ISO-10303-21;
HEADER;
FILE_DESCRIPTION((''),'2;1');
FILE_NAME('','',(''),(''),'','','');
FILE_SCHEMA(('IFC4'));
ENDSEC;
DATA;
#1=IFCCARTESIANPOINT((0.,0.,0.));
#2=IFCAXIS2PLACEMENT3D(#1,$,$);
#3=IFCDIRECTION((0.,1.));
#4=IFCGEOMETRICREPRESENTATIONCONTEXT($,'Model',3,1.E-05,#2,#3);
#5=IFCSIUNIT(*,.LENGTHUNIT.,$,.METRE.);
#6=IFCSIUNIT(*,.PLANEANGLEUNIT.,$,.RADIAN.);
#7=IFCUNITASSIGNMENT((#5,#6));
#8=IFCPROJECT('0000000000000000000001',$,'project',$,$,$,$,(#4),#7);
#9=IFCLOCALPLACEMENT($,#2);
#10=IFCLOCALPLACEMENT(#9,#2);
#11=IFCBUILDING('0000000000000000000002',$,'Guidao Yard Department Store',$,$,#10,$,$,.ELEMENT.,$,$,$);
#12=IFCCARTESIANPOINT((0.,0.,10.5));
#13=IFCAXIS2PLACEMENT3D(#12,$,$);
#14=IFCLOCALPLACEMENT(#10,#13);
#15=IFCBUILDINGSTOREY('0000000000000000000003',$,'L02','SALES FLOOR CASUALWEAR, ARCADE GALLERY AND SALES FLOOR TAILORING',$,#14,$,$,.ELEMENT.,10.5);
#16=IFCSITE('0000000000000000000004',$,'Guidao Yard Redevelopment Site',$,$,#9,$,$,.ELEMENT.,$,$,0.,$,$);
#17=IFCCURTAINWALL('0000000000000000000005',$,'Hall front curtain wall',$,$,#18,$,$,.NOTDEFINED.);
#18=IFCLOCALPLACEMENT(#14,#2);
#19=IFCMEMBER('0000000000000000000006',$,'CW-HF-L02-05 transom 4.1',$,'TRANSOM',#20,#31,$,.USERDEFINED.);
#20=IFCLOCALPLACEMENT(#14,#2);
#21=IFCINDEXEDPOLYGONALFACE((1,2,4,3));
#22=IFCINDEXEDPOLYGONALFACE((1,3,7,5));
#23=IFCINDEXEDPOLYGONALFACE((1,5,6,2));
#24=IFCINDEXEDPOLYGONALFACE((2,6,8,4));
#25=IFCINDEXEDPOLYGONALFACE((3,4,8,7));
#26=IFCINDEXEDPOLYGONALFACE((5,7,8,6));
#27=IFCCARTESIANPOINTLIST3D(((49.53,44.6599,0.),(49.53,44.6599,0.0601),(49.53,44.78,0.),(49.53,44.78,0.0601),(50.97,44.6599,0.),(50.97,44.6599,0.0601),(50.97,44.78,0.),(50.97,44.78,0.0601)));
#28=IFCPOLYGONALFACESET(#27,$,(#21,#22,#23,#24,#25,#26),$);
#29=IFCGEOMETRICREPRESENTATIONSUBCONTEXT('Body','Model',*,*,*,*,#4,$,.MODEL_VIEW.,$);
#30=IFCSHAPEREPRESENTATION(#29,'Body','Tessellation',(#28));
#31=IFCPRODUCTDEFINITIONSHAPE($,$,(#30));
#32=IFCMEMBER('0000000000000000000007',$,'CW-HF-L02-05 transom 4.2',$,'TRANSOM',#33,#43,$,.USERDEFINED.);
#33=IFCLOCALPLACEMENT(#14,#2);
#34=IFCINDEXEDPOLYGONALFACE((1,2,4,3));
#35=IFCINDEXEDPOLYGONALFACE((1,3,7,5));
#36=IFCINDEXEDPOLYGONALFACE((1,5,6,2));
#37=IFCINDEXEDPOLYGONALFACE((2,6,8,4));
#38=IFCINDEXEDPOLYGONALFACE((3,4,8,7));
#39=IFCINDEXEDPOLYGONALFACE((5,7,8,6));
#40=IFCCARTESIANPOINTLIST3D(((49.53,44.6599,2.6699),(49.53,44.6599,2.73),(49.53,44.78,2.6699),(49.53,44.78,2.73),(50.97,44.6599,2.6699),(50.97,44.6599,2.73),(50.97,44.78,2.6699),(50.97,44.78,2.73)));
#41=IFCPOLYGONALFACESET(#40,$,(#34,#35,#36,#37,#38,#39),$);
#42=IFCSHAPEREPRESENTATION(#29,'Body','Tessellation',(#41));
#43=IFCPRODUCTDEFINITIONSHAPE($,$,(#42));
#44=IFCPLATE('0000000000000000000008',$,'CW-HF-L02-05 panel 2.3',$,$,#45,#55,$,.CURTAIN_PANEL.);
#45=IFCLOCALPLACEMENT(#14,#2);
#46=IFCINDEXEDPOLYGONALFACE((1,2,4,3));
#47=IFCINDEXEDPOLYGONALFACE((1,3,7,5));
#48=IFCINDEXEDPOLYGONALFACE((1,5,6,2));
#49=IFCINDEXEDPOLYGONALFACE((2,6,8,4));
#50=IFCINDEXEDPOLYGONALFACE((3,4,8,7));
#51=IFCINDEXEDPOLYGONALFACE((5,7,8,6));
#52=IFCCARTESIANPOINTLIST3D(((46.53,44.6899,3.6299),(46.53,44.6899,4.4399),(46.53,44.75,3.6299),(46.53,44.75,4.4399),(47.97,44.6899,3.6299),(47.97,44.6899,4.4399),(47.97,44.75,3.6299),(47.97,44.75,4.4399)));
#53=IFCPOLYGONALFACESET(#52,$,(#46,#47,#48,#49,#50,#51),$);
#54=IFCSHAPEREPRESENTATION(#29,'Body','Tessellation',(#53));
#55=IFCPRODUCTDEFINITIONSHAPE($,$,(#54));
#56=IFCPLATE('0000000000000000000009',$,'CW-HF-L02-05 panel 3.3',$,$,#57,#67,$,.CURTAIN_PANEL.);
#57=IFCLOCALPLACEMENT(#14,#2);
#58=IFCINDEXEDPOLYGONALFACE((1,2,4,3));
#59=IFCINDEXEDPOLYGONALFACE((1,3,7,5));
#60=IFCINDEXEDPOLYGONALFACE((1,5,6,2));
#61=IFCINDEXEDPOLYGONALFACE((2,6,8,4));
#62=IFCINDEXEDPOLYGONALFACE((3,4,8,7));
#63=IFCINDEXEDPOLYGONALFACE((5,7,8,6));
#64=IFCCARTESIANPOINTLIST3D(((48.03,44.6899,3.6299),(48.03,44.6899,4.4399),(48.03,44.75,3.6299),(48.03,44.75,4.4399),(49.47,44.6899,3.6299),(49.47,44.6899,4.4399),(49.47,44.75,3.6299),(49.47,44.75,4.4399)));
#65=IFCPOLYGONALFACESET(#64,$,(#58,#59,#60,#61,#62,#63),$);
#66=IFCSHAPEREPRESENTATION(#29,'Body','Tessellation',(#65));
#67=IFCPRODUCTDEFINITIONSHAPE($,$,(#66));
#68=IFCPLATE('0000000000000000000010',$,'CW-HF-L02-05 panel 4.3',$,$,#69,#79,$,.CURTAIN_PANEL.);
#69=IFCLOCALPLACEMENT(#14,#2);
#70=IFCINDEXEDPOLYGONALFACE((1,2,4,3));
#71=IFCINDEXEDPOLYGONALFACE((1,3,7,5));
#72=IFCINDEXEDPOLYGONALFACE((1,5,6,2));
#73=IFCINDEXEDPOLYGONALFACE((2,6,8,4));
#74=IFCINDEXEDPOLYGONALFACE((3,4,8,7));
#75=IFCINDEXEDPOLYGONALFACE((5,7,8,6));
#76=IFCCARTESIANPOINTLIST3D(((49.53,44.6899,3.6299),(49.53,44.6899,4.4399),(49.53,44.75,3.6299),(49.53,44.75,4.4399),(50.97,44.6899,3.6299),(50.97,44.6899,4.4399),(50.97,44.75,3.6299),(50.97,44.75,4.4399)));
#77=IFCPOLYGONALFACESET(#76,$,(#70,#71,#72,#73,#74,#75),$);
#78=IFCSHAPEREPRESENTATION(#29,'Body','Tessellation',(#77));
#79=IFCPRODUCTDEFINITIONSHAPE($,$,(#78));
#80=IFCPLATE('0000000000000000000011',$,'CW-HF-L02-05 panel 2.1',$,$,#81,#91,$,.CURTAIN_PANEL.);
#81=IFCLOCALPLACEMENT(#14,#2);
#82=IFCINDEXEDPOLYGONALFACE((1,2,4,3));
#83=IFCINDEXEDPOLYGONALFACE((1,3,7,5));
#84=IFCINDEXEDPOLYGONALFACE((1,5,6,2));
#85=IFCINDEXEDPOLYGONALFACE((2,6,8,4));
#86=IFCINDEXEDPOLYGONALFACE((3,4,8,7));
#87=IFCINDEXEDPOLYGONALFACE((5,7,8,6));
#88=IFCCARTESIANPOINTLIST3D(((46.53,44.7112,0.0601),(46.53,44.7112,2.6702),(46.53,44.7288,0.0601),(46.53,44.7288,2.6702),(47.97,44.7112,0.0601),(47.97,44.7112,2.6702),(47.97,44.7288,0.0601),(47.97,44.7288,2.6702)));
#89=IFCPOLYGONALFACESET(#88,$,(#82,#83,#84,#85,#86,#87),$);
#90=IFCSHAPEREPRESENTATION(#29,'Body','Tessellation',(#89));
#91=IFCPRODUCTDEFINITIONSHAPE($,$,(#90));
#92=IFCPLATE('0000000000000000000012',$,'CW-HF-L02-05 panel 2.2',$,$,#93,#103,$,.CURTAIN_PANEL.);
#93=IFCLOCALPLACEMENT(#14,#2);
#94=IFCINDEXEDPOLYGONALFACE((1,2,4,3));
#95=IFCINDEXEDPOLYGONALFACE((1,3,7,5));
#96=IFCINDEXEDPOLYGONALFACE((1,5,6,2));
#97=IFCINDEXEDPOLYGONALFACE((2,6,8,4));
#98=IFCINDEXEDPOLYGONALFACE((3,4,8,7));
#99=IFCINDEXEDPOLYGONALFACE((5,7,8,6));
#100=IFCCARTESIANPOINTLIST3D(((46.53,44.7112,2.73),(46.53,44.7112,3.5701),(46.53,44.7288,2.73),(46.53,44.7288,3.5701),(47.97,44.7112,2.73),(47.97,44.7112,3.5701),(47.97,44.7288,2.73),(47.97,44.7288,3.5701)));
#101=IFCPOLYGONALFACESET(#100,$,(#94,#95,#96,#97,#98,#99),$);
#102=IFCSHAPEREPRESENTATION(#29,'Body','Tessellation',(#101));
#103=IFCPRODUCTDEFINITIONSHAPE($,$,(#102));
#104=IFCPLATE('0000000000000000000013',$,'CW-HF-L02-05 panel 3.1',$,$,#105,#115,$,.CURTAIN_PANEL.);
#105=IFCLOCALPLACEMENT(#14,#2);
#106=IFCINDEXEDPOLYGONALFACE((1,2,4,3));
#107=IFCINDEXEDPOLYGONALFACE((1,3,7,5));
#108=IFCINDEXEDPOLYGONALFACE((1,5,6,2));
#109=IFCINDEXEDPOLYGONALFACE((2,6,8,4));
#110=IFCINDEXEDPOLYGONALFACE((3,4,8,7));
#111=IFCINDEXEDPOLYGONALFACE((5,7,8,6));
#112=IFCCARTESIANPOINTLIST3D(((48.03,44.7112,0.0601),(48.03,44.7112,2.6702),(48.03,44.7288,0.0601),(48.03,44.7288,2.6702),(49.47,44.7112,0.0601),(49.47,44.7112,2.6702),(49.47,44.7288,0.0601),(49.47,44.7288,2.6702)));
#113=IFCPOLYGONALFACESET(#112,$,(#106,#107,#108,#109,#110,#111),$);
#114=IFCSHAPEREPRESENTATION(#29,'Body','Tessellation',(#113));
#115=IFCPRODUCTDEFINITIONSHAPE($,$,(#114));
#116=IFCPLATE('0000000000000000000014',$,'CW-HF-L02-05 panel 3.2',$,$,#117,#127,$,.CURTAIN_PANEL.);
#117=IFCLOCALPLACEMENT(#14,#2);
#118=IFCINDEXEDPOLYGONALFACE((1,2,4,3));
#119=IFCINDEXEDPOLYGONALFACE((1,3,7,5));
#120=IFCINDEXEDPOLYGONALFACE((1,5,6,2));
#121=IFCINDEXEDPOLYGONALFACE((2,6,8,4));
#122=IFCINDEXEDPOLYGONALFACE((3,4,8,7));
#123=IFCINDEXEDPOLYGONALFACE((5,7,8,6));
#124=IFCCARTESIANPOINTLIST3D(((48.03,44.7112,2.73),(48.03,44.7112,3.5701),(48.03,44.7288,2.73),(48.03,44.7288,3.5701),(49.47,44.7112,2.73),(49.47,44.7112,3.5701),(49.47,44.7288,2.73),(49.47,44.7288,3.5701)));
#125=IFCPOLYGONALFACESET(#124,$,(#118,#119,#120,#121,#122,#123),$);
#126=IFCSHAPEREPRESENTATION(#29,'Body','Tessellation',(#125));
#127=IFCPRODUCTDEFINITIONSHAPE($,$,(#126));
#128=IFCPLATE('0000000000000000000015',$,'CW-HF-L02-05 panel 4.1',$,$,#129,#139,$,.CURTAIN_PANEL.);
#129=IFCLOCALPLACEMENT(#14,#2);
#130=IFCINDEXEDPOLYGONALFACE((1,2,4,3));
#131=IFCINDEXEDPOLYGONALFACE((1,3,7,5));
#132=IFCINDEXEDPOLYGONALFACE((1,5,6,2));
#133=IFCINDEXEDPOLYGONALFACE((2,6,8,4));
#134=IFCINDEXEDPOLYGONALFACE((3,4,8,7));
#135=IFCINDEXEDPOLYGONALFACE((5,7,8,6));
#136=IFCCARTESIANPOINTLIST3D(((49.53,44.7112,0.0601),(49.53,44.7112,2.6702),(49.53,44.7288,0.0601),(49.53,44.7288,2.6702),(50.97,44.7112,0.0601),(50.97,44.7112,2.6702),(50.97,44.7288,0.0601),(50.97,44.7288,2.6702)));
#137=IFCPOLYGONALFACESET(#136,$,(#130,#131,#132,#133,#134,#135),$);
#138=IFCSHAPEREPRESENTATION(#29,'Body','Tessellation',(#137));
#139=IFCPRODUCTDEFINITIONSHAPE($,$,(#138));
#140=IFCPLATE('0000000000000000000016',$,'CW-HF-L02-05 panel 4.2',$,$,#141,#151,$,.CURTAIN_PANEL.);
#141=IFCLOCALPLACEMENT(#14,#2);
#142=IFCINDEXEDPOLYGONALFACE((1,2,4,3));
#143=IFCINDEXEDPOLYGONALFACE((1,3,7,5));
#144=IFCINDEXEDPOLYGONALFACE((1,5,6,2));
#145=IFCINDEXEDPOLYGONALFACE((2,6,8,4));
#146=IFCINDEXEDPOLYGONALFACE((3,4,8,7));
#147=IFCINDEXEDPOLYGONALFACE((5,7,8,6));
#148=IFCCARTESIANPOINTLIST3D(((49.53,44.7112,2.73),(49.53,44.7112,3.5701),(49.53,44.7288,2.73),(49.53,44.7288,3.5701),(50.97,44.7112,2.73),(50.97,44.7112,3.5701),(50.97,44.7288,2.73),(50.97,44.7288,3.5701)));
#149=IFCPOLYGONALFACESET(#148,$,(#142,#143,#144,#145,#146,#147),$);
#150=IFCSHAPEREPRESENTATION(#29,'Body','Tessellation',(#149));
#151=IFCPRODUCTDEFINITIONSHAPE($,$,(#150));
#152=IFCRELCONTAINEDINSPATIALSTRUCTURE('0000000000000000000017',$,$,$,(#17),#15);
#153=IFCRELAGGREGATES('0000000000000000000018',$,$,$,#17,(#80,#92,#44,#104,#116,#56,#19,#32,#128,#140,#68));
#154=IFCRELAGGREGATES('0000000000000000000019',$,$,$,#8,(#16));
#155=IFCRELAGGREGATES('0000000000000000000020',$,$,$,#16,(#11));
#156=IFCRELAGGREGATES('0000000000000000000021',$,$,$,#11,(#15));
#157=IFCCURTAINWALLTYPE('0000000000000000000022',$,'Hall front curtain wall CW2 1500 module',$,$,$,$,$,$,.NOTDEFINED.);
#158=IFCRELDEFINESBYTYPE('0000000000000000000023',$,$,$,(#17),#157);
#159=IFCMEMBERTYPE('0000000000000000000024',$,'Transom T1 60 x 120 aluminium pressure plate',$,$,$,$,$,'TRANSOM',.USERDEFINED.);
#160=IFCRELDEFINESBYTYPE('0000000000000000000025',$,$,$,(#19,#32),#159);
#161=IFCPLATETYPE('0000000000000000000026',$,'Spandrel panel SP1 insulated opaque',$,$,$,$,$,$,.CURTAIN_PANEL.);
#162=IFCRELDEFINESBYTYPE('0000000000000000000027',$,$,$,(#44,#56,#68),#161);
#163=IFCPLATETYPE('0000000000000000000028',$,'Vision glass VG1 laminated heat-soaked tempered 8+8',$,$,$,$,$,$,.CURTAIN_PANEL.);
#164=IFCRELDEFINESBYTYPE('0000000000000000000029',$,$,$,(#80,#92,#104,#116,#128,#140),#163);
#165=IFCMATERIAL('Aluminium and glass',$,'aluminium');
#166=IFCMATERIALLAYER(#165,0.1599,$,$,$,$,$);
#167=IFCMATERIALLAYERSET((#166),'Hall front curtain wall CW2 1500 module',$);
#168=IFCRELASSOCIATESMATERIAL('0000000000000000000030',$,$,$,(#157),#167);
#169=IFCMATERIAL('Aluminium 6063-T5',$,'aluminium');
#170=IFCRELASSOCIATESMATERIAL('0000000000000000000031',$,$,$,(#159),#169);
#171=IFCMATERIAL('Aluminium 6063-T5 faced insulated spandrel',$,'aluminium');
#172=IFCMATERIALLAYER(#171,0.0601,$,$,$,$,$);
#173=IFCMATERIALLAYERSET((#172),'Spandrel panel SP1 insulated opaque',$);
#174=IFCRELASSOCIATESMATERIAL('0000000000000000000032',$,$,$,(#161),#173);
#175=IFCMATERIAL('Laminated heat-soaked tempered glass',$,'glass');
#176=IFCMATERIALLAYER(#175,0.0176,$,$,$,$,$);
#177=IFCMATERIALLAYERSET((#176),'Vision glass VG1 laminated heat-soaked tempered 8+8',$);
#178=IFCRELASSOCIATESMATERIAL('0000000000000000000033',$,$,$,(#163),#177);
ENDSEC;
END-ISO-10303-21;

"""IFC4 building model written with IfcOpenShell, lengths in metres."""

from ifc_helpers import new_model, si_unit, direction, frame, origin, origin_2d, place, context, subcontext, project, spatial, rectangle, extrude, material, layer, layer_set, material_profile, profile_set, type_object, element, aggregate, save


model = new_model("IFC4")

# Units and contexts
model_context = context("Model", 3, precision=1e-05, world=origin(), true_north=direction((0.0, 1.0)))
body_context = subcontext(model_context, "Body", "Model", "MODEL_VIEW")
ifc_project = project(units=[si_unit("LENGTHUNIT", "METRE"), si_unit("PLANEANGLEUNIT", "RADIAN")], contexts=[model_context])

# Site, building, storey
site_placement = place(None, origin())
site = spatial("IfcSite", under=ifc_project, at=site_placement, Name="Guidao Yard Redevelopment Site", CompositionType="ELEMENT", RefElevation=0.0)
building_placement = place(site_placement, origin())
building = spatial("IfcBuilding", under=site, at=building_placement, Name="Guidao Yard Department Store", CompositionType="ELEMENT")
storey_placement = place(building_placement, frame((0.0, 0.0, 10.5)))
storey = spatial("IfcBuildingStorey", under=building, at=storey_placement, Name="L02", Description="SALES FLOOR CASUALWEAR, ARCADE GALLERY AND SALES FLOOR TAILORING", CompositionType="ELEMENT", Elevation=10.5)

# Curtain wall, members, plates
ifc_material_1 = material(Name="Aluminium and glass", Category="aluminium")
ifc_layer_1 = layer(ifc_material_1, 0.1599)
ifc_layer_set_1 = layer_set([ifc_layer_1], Name="Hall front curtain wall CW2 1500 module")
curtain_wall_type = type_object("IfcCurtainWallType", Name="Hall front curtain wall CW2 1500 module", PredefinedType="NOTDEFINED", material=ifc_layer_set_1)
curtain_wall_placement = place(storey_placement, origin())
curtain_wall = element("IfcCurtainWall", 1, at=curtain_wall_placement, inside=storey, type_object=curtain_wall_type, Name="Hall front curtain wall", PredefinedType="NOTDEFINED")
ifc_material_2 = material(Name="Aluminium 6063-T5", Category="aluminium")
ifc_material_profile_1 = material_profile(ifc_material_2, rectangle(XDim=0.1201, YDim=0.0601, at=origin_2d()), Name="Transom T1 60 x 120 aluminium pressure plate")
ifc_profile_set_1 = profile_set([ifc_material_profile_1], Name="Aluminium 6063-T5")
member_type_1 = type_object("IfcMemberType", Name="Transom T1 60 x 120 aluminium pressure plate", ElementType="TRANSOM", PredefinedType="USERDEFINED", material=ifc_profile_set_1)
member_1_placement = place(storey_placement, frame((50.97, 44.72, 0.03), z_axis=(-1.0, 0.0, 0.0), x_axis=(0.0, -1.0, 0.0)))
member_1 = element("IfcMember", 2, at=member_1_placement, type_object=member_type_1, Name="CW-HF-L02-05 transom 4.1", ObjectType="TRANSOM", PredefinedType="USERDEFINED", context=body_context, shape_type="SweptSolid", body=[
    extrude(rectangle(XDim=0.1201, YDim=0.0601, at=origin_2d()), origin(), (0.0, 0.0, 1.0), 1.4399),
])
member_2_placement = place(storey_placement, frame((50.97, 44.72, 2.7), z_axis=(-1.0, 0.0, 0.0), x_axis=(0.0, -1.0, 0.0)))
member_2 = element("IfcMember", 3, at=member_2_placement, type_object=member_type_1, Name="CW-HF-L02-05 transom 4.2", ObjectType="TRANSOM", PredefinedType="USERDEFINED", context=body_context, shape_type="SweptSolid", body=[
    extrude(rectangle(XDim=0.1201, YDim=0.0601, at=origin_2d()), origin(), (0.0, 0.0, 1.0), 1.4399),
])
ifc_material_3 = material(Name="Aluminium 6063-T5 faced insulated spandrel", Category="aluminium")
ifc_layer_2 = layer(ifc_material_3, 0.0601)
ifc_layer_set_2 = layer_set([ifc_layer_2], Name="Spandrel panel SP1 insulated opaque")
plate_type_1 = type_object("IfcPlateType", Name="Spandrel panel SP1 insulated opaque", PredefinedType="CURTAIN_PANEL", material=ifc_layer_set_2)
plate_1_placement = place(storey_placement, frame((47.25, 44.72, 3.6299), z_axis=(0.0, 0.0, 1.0), x_axis=(-1.0, 0.0, 0.0)))
plate_1 = element("IfcPlate", 4, at=plate_1_placement, type_object=plate_type_1, Name="CW-HF-L02-05 panel 2.3", PredefinedType="CURTAIN_PANEL", context=body_context, shape_type="SweptSolid", body=[
    extrude(rectangle(XDim=1.4399, YDim=0.0601, at=origin_2d()), origin(), (0.0, 0.0, 1.0), 0.8101),
])
plate_2_placement = place(storey_placement, frame((48.75, 44.72, 3.6299), z_axis=(0.0, 0.0, 1.0), x_axis=(-1.0, 0.0, 0.0)))
plate_2 = element("IfcPlate", 5, at=plate_2_placement, type_object=plate_type_1, Name="CW-HF-L02-05 panel 3.3", PredefinedType="CURTAIN_PANEL", context=body_context, shape_type="SweptSolid", body=[
    extrude(rectangle(XDim=1.4399, YDim=0.0601, at=origin_2d()), origin(), (0.0, 0.0, 1.0), 0.8101),
])
plate_3_placement = place(storey_placement, frame((50.25, 44.72, 3.6299), z_axis=(0.0, 0.0, 1.0), x_axis=(-1.0, 0.0, 0.0)))
plate_3 = element("IfcPlate", 6, at=plate_3_placement, type_object=plate_type_1, Name="CW-HF-L02-05 panel 4.3", PredefinedType="CURTAIN_PANEL", context=body_context, shape_type="SweptSolid", body=[
    extrude(rectangle(XDim=1.4399, YDim=0.0601, at=origin_2d()), origin(), (0.0, 0.0, 1.0), 0.8101),
])
ifc_material_4 = material(Name="Laminated heat-soaked tempered glass", Category="glass")
ifc_layer_3 = layer(ifc_material_4, 0.0176)
ifc_layer_set_3 = layer_set([ifc_layer_3], Name="Vision glass VG1 laminated heat-soaked tempered 8+8")
plate_type_2 = type_object("IfcPlateType", Name="Vision glass VG1 laminated heat-soaked tempered 8+8", PredefinedType="CURTAIN_PANEL", material=ifc_layer_set_3)
plate_4_placement = place(storey_placement, frame((47.25, 44.72, 0.0601), z_axis=(0.0, 0.0, 1.0), x_axis=(-1.0, 0.0, 0.0)))
plate_4 = element("IfcPlate", 7, at=plate_4_placement, type_object=plate_type_2, Name="CW-HF-L02-05 panel 2.1", PredefinedType="CURTAIN_PANEL", context=body_context, shape_type="SweptSolid", body=[
    extrude(rectangle(XDim=1.4399, YDim=0.0176, at=origin_2d()), origin(), (0.0, 0.0, 1.0), 2.6101),
])
plate_5_placement = place(storey_placement, frame((47.25, 44.72, 2.73), z_axis=(0.0, 0.0, 1.0), x_axis=(-1.0, 0.0, 0.0)))
plate_5 = element("IfcPlate", 8, at=plate_5_placement, type_object=plate_type_2, Name="CW-HF-L02-05 panel 2.2", PredefinedType="CURTAIN_PANEL", context=body_context, shape_type="SweptSolid", body=[
    extrude(rectangle(XDim=1.4399, YDim=0.0176, at=origin_2d()), origin(), (0.0, 0.0, 1.0), 0.8401),
])
plate_6_placement = place(storey_placement, frame((48.75, 44.72, 0.0601), z_axis=(0.0, 0.0, 1.0), x_axis=(-1.0, 0.0, 0.0)))
plate_6 = element("IfcPlate", 9, at=plate_6_placement, type_object=plate_type_2, Name="CW-HF-L02-05 panel 3.1", PredefinedType="CURTAIN_PANEL", context=body_context, shape_type="SweptSolid", body=[
    extrude(rectangle(XDim=1.4399, YDim=0.0176, at=origin_2d()), origin(), (0.0, 0.0, 1.0), 2.6101),
])
plate_7_placement = place(storey_placement, frame((48.75, 44.72, 2.73), z_axis=(0.0, 0.0, 1.0), x_axis=(-1.0, 0.0, 0.0)))
plate_7 = element("IfcPlate", 10, at=plate_7_placement, type_object=plate_type_2, Name="CW-HF-L02-05 panel 3.2", PredefinedType="CURTAIN_PANEL", context=body_context, shape_type="SweptSolid", body=[
    extrude(rectangle(XDim=1.4399, YDim=0.0176, at=origin_2d()), origin(), (0.0, 0.0, 1.0), 0.8401),
])
plate_8_placement = place(storey_placement, frame((50.25, 44.72, 0.0601), z_axis=(0.0, 0.0, 1.0), x_axis=(-1.0, 0.0, 0.0)))
plate_8 = element("IfcPlate", 11, at=plate_8_placement, type_object=plate_type_2, Name="CW-HF-L02-05 panel 4.1", PredefinedType="CURTAIN_PANEL", context=body_context, shape_type="SweptSolid", body=[
    extrude(rectangle(XDim=1.4399, YDim=0.0176, at=origin_2d()), origin(), (0.0, 0.0, 1.0), 2.6101),
])
plate_9_placement = place(storey_placement, frame((50.25, 44.72, 2.73), z_axis=(0.0, 0.0, 1.0), x_axis=(-1.0, 0.0, 0.0)))
plate_9 = element("IfcPlate", 12, at=plate_9_placement, type_object=plate_type_2, Name="CW-HF-L02-05 panel 4.2", PredefinedType="CURTAIN_PANEL", context=body_context, shape_type="SweptSolid", body=[
    extrude(rectangle(XDim=1.4399, YDim=0.0176, at=origin_2d()), origin(), (0.0, 0.0, 1.0), 0.8401),
])
aggregate(curtain_wall, [plate_4, plate_5, plate_1, plate_6, plate_7, plate_2, member_1, member_2, plate_8, plate_9, plate_3])

save(model, "model.ifc")
